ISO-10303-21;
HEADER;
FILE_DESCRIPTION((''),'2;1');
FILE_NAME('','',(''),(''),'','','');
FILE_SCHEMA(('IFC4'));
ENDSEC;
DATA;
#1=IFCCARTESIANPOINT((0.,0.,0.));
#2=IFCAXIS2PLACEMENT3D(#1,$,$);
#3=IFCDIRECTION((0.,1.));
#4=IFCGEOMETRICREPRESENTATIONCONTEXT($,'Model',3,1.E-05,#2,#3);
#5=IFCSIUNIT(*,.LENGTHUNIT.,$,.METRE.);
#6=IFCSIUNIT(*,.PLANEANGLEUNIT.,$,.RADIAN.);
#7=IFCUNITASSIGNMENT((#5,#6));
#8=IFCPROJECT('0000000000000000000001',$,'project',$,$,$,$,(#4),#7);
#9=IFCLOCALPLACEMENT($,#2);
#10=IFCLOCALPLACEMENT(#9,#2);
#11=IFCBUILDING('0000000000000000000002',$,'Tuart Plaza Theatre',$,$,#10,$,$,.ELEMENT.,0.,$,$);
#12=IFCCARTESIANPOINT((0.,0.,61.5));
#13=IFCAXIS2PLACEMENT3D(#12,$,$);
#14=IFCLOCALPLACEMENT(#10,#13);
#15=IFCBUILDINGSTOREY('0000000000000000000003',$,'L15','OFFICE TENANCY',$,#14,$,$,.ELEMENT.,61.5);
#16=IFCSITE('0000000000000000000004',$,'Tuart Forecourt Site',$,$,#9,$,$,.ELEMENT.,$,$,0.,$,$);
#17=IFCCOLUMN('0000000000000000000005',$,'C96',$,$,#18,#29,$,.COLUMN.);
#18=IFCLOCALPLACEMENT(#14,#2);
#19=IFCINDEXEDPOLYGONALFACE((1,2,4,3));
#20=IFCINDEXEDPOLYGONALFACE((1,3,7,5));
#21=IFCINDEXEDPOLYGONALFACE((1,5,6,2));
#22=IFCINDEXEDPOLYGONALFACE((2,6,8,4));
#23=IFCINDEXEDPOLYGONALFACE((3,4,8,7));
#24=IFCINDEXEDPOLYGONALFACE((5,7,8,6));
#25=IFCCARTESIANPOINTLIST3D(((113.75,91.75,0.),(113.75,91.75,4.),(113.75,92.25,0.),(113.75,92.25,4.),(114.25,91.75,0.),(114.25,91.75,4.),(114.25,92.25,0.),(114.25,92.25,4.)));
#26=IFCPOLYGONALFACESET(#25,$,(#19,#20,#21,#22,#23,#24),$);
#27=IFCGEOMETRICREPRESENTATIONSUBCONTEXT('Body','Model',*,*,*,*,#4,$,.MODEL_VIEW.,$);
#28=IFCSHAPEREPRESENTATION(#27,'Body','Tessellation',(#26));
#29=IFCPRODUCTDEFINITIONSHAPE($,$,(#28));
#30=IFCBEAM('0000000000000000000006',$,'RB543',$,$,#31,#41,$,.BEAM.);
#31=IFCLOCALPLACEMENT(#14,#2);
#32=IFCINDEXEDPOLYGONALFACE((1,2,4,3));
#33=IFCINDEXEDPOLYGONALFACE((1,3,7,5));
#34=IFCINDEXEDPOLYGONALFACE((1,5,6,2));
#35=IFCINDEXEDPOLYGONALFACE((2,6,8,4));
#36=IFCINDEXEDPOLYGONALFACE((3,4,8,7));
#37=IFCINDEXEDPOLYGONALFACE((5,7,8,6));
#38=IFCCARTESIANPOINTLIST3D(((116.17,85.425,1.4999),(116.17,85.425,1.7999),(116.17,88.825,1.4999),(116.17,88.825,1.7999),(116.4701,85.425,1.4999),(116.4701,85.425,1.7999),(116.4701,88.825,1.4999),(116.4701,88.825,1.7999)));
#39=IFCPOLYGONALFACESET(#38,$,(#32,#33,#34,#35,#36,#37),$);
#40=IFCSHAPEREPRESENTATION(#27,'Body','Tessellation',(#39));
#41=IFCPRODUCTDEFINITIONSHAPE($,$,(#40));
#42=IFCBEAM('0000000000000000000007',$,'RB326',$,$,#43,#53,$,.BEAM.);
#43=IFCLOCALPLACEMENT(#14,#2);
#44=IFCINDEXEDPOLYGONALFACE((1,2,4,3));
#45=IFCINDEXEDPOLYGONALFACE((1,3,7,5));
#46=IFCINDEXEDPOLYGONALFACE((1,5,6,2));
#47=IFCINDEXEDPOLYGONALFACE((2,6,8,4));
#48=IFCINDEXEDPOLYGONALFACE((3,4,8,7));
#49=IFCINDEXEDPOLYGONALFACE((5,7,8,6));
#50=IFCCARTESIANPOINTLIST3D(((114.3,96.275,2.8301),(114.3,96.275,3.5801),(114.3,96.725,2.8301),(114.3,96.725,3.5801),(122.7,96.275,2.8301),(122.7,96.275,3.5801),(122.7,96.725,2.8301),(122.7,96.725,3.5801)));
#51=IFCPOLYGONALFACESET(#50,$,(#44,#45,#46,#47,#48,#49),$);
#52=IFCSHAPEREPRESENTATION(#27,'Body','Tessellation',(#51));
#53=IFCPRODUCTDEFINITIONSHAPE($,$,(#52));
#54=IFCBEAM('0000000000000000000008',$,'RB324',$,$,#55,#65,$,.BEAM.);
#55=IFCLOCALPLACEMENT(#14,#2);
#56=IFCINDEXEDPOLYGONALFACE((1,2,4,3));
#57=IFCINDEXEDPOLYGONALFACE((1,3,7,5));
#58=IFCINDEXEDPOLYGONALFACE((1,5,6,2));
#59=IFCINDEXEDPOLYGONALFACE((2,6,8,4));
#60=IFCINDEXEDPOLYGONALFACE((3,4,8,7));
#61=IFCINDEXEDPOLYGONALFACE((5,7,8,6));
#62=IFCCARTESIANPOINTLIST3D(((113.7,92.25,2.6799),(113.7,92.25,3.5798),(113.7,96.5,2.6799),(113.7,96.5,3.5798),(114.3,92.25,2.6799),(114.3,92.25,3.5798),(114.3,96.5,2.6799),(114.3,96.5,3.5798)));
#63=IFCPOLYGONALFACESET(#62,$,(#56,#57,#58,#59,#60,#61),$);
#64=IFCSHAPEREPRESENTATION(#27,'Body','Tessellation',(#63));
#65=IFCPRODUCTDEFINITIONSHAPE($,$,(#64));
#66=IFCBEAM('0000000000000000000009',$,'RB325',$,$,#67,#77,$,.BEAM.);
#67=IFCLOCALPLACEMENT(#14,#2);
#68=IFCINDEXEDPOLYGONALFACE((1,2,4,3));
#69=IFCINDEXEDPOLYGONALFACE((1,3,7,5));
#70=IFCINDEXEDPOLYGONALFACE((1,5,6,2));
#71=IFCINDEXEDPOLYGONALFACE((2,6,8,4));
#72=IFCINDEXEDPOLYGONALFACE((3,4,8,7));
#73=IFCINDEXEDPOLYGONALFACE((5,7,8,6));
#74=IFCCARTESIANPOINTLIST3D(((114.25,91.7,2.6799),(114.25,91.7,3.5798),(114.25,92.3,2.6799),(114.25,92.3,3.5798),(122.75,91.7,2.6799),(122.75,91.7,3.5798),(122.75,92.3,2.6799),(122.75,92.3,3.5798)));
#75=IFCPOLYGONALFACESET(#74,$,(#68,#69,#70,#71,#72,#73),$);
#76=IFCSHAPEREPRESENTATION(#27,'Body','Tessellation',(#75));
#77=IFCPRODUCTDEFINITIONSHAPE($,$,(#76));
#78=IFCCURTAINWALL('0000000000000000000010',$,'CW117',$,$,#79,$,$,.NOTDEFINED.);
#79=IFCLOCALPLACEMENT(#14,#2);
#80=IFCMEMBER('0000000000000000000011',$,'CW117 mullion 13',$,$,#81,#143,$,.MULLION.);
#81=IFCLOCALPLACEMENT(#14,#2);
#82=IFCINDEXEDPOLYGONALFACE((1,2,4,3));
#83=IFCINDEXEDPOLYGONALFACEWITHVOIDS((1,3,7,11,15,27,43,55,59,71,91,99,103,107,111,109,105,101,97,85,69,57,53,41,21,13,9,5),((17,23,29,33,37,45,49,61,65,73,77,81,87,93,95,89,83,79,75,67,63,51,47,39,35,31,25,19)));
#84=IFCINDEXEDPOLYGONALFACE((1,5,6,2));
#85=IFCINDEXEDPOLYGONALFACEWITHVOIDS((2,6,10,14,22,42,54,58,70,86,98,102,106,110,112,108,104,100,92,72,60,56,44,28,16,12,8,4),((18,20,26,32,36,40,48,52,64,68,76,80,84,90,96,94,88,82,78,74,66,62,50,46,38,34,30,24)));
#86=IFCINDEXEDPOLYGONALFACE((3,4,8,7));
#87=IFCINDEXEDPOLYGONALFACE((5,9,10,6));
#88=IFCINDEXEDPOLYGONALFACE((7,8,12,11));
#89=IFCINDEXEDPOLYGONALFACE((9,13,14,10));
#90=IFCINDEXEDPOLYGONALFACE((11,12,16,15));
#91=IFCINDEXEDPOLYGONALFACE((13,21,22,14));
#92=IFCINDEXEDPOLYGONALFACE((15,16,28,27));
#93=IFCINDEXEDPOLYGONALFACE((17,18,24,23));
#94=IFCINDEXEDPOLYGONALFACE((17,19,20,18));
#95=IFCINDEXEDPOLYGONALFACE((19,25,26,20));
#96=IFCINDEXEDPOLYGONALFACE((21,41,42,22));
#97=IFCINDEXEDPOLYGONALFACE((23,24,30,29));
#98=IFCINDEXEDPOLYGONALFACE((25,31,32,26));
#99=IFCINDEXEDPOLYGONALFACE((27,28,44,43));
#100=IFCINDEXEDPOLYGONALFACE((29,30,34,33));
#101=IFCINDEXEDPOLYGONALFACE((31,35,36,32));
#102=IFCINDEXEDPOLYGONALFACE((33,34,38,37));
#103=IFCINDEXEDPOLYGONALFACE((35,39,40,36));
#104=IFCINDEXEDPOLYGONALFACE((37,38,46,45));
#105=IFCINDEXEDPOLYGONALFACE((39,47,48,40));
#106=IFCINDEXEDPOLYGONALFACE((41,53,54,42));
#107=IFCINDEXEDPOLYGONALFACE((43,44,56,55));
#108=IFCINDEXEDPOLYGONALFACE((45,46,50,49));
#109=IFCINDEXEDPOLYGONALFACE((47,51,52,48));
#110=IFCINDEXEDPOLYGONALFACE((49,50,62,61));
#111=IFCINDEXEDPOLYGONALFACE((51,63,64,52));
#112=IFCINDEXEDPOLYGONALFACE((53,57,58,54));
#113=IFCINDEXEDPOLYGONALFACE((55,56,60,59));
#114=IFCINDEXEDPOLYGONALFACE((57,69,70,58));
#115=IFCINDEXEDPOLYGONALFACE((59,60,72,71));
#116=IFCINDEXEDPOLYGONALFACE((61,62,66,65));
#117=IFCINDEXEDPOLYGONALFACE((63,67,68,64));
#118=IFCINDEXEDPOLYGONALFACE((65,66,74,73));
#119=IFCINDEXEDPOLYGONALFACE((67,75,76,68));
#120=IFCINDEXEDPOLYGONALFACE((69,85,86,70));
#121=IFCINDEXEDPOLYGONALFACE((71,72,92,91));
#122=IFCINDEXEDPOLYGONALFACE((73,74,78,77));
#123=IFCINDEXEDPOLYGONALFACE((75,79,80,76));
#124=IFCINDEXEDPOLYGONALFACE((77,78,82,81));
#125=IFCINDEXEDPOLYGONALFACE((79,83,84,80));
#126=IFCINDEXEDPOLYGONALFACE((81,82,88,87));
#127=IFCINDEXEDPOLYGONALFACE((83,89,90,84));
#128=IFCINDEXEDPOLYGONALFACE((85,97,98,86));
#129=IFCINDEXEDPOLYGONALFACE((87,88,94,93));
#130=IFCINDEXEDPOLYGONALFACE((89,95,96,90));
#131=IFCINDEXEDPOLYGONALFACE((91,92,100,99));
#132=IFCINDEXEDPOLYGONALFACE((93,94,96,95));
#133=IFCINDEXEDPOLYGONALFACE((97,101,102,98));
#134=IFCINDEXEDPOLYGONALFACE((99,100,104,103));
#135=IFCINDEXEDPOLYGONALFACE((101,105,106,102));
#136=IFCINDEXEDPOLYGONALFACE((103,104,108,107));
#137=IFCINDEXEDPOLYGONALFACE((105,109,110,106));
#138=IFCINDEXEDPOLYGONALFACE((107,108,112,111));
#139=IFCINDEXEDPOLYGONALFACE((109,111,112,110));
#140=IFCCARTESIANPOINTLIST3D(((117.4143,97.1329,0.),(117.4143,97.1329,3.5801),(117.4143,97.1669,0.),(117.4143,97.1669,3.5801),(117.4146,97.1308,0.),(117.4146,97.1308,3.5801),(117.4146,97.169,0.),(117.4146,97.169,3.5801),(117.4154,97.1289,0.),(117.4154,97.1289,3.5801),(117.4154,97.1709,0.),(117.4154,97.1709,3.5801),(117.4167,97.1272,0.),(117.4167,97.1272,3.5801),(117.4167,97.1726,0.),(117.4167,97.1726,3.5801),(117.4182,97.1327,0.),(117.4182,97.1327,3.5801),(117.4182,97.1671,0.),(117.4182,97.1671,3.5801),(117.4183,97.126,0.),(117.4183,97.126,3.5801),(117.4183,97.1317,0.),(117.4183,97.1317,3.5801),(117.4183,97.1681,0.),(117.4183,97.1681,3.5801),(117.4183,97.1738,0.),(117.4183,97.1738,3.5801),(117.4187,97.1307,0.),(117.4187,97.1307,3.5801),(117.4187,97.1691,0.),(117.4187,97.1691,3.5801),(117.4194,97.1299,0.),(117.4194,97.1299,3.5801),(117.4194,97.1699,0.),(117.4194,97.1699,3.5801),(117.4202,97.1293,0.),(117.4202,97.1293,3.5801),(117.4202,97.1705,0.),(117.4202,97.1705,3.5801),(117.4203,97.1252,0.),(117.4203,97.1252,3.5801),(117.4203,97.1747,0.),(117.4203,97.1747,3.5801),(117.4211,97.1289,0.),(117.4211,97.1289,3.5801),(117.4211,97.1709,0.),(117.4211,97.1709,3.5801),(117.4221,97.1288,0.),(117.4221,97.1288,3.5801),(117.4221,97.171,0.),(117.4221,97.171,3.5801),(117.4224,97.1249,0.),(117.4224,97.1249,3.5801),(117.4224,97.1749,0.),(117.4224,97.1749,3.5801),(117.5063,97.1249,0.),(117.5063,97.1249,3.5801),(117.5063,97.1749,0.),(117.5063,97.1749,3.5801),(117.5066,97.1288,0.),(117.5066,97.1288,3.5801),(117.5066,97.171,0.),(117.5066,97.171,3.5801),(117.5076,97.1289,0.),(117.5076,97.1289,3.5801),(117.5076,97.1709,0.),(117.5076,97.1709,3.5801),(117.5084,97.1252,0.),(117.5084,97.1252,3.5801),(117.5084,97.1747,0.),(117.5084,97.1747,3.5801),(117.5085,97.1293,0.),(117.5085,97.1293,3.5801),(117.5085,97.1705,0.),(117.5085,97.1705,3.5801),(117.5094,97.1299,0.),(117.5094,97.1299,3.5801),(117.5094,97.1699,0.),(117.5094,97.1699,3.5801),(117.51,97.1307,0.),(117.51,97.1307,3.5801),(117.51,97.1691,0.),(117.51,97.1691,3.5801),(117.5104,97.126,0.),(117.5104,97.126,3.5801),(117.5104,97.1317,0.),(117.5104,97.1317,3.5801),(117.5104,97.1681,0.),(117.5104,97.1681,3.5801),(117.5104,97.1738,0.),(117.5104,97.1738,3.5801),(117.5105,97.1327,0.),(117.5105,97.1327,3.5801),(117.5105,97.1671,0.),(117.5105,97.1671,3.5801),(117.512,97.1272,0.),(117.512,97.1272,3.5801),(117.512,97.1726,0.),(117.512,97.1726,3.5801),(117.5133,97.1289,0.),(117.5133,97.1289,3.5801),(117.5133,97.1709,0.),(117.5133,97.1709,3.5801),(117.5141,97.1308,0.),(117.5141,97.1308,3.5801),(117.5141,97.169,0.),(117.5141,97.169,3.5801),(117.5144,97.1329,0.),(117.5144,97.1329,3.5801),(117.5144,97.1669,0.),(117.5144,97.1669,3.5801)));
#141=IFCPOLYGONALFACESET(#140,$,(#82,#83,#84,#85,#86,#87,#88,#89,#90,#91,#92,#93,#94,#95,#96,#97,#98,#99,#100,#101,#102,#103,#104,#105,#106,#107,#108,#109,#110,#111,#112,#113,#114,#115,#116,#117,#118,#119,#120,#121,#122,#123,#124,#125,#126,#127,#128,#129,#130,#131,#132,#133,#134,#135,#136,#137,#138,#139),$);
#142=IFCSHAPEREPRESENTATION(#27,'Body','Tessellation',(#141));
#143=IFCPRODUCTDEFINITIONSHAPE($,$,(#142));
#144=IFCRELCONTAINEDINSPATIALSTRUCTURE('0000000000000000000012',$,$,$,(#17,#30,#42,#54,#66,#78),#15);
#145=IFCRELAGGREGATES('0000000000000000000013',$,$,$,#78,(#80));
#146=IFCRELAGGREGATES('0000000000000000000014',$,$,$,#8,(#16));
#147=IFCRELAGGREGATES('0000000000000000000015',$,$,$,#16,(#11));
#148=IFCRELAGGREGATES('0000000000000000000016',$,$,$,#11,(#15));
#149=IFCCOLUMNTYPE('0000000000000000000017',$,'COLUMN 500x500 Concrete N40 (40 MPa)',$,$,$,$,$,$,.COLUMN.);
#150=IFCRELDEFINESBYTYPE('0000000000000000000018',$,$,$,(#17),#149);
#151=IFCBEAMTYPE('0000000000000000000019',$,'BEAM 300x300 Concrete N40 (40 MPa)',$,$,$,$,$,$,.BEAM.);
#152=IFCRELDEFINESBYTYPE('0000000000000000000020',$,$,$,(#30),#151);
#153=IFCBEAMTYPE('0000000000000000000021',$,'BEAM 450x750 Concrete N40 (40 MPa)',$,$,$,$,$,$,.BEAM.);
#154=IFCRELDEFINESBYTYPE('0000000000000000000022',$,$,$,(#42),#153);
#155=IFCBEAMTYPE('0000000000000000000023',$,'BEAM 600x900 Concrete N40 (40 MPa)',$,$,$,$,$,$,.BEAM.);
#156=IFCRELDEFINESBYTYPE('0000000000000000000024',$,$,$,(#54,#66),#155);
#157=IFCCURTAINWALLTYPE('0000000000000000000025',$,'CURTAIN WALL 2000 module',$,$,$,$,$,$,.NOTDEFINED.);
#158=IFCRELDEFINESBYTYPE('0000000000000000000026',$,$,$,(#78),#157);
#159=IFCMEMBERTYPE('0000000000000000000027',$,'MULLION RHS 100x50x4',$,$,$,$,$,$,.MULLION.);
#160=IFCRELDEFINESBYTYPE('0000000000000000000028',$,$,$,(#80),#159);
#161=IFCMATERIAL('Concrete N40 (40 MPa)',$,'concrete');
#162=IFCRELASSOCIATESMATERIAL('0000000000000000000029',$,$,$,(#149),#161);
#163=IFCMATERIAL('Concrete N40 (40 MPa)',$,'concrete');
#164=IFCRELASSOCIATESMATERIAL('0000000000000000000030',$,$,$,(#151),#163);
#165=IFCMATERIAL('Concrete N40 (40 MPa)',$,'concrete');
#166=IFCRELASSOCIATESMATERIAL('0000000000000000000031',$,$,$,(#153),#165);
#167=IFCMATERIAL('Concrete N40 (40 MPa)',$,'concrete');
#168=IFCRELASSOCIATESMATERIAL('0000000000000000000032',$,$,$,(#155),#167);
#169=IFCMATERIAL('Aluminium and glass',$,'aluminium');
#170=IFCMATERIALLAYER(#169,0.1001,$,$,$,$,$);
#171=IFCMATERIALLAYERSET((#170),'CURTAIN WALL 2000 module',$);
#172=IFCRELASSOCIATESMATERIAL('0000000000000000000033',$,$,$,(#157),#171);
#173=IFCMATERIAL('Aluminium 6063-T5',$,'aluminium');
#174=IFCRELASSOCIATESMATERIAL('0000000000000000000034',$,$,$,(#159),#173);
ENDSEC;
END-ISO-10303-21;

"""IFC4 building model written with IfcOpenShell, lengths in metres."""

from ifc_helpers import new_model, si_unit, direction, frame, origin, origin_2d, place, context, subcontext, project, spatial, rectangle, hollow_rectangle, extrude, material, layer, layer_set, material_profile, profile_set, type_object, element, aggregate, save


model = new_model("IFC4")

# Units and contexts
model_context = context("Model", 3, precision=1e-05, world=origin(), true_north=direction((0.0, 1.0)))
body_context = subcontext(model_context, "Body", "Model", "MODEL_VIEW")
ifc_project = project(units=[si_unit("LENGTHUNIT", "METRE"), si_unit("PLANEANGLEUNIT", "RADIAN")], contexts=[model_context])

# Site, building, storey
site_placement = place(None, origin())
site = spatial("IfcSite", under=ifc_project, at=site_placement, Name="Tuart Forecourt Site", CompositionType="ELEMENT", RefElevation=0.0)
building_placement = place(site_placement, origin())
building = spatial("IfcBuilding", under=site, at=building_placement, Name="Tuart Plaza Theatre", CompositionType="ELEMENT", ElevationOfRefHeight=0.0)
storey_placement = place(building_placement, frame((0.0, 0.0, 61.5)))
storey = spatial("IfcBuildingStorey", under=building, at=storey_placement, Name="L15", Description="OFFICE TENANCY", CompositionType="ELEMENT", Elevation=61.5)

# Column
ifc_material_1 = material(Name="Concrete N40 (40 MPa)", Category="concrete")
ifc_material_profile_1 = material_profile(ifc_material_1, rectangle(XDim=0.5, YDim=0.5, at=origin_2d()), Name="COLUMN 500x500 Concrete N40 (40 MPa)")
ifc_profile_set_1 = profile_set([ifc_material_profile_1], Name="Concrete N40 (40 MPa)")
column_type = type_object("IfcColumnType", Name="COLUMN 500x500 Concrete N40 (40 MPa)", PredefinedType="COLUMN", material=ifc_profile_set_1)
column_placement = place(storey_placement, frame((114.0, 92.0, 0.0), z_axis=(0.0, 0.0, 1.0), x_axis=(1.0, 0.0, 0.0)))
element("IfcColumn", 1, at=column_placement, inside=storey, type_object=column_type, Name="C96", PredefinedType="COLUMN", context=body_context, shape_type="SweptSolid", body=[
    extrude(rectangle(XDim=0.5, YDim=0.5, at=origin_2d()), origin(), (0.0, 0.0, 1.0), 4.0),
])

# Beams
ifc_material_2 = material(Name="Concrete N40 (40 MPa)", Category="concrete")
ifc_material_profile_2 = material_profile(ifc_material_2, rectangle(XDim=0.3, YDim=0.3, at=origin_2d()), Name="BEAM 300x300 Concrete N40 (40 MPa)")
ifc_profile_set_2 = profile_set([ifc_material_profile_2], Name="Concrete N40 (40 MPa)")
beam_type_1 = type_object("IfcBeamType", Name="BEAM 300x300 Concrete N40 (40 MPa)", PredefinedType="BEAM", material=ifc_profile_set_2)
beam_1_placement = place(storey_placement, frame((116.3201, 88.825, 1.6499), z_axis=(0.0, -1.0, 0.0), x_axis=(1.0, 0.0, 0.0)))
element("IfcBeam", 2, at=beam_1_placement, inside=storey, type_object=beam_type_1, Name="RB543", PredefinedType="BEAM", context=body_context, shape_type="SweptSolid", body=[
    extrude(rectangle(XDim=0.3, YDim=0.3, at=origin_2d()), origin(), (0.0, 0.0, 1.0), 3.3999),
])
ifc_material_3 = material(Name="Concrete N40 (40 MPa)", Category="concrete")
ifc_material_profile_3 = material_profile(ifc_material_3, rectangle(XDim=0.45, YDim=0.75, at=origin_2d()), Name="BEAM 450x750 Concrete N40 (40 MPa)")
ifc_profile_set_3 = profile_set([ifc_material_profile_3], Name="Concrete N40 (40 MPa)")
beam_type_2 = type_object("IfcBeamType", Name="BEAM 450x750 Concrete N40 (40 MPa)", PredefinedType="BEAM", material=ifc_profile_set_3)
beam_2_placement = place(storey_placement, frame((114.3, 96.5, 3.2051), z_axis=(1.0, 0.0, 0.0), x_axis=(0.0, 1.0, 0.0)))
element("IfcBeam", 3, at=beam_2_placement, inside=storey, type_object=beam_type_2, Name="RB326", PredefinedType="BEAM", context=body_context, shape_type="SweptSolid", body=[
    extrude(rectangle(XDim=0.45, YDim=0.75, at=origin_2d()), origin(), (0.0, 0.0, 1.0), 8.3999),
])
ifc_material_4 = material(Name="Concrete N40 (40 MPa)", Category="concrete")
ifc_material_profile_4 = material_profile(ifc_material_4, rectangle(XDim=0.6001, YDim=0.8999, at=origin_2d()), Name="BEAM 600x900 Concrete N40 (40 MPa)")
ifc_profile_set_4 = profile_set([ifc_material_profile_4], Name="Concrete N40 (40 MPa)")
beam_type_3 = type_object("IfcBeamType", Name="BEAM 600x900 Concrete N40 (40 MPa)", PredefinedType="BEAM", material=ifc_profile_set_4)
beam_3_placement = place(storey_placement, frame((114.0, 92.25, 3.1299), z_axis=(0.0, 1.0, 0.0), x_axis=(-1.0, 0.0, 0.0)))
element("IfcBeam", 4, at=beam_3_placement, inside=storey, type_object=beam_type_3, Name="RB324", PredefinedType="BEAM", context=body_context, shape_type="SweptSolid", body=[
    extrude(rectangle(XDim=0.6001, YDim=0.8999, at=origin_2d()), origin(), (0.0, 0.0, 1.0), 4.25),
])
beam_4_placement = place(storey_placement, frame((114.25, 92.0, 3.1299), z_axis=(1.0, 0.0, 0.0), x_axis=(0.0, 1.0, 0.0)))
element("IfcBeam", 5, at=beam_4_placement, inside=storey, type_object=beam_type_3, Name="RB325", PredefinedType="BEAM", context=body_context, shape_type="SweptSolid", body=[
    extrude(rectangle(XDim=0.6001, YDim=0.8999, at=origin_2d()), origin(), (0.0, 0.0, 1.0), 8.5),
])

# Curtain wall, member
ifc_material_5 = material(Name="Aluminium and glass", Category="aluminium")
ifc_layer_1 = layer(ifc_material_5, 0.1001)
ifc_layer_set_1 = layer_set([ifc_layer_1], Name="CURTAIN WALL 2000 module")
curtain_wall_type = type_object("IfcCurtainWallType", Name="CURTAIN WALL 2000 module", PredefinedType="NOTDEFINED", material=ifc_layer_set_1)
curtain_wall_placement = place(storey_placement, origin())
curtain_wall = element("IfcCurtainWall", 6, at=curtain_wall_placement, inside=storey, type_object=curtain_wall_type, Name="CW117", PredefinedType="NOTDEFINED")
ifc_material_6 = material(Name="Aluminium 6063-T5", Category="aluminium")
ifc_material_profile_5 = material_profile(ifc_material_6, hollow_rectangle(XDim=0.05, YDim=0.1001, WallThickness=0.0039, InnerFilletRadius=0.0039, OuterFilletRadius=0.0081, at=origin_2d()), Name="RHS 100x50x4")
ifc_profile_set_5 = profile_set([ifc_material_profile_5], Name="Aluminium 6063-T5")
member_type_1 = type_object("IfcMemberType", Name="MULLION RHS 100x50x4", PredefinedType="MULLION", material=ifc_profile_set_5)
member_1_placement = place(storey_placement, frame((117.4644, 97.1499, 0.0), z_axis=(0.0, 0.0, 1.0), x_axis=(0.0, -1.0, 0.0)))
member_1 = element("IfcMember", 7, at=member_1_placement, type_object=member_type_1, Name="CW117 mullion 13", PredefinedType="MULLION", context=body_context, shape_type="SweptSolid", body=[
    extrude(hollow_rectangle(XDim=0.05, YDim=0.1001, WallThickness=0.0039, InnerFilletRadius=0.0039, OuterFilletRadius=0.0081, at=origin_2d()), origin(), (0.0, 0.0, 1.0), 3.5801),
])
aggregate(curtain_wall, [member_1])

save(model, "model.ifc")
